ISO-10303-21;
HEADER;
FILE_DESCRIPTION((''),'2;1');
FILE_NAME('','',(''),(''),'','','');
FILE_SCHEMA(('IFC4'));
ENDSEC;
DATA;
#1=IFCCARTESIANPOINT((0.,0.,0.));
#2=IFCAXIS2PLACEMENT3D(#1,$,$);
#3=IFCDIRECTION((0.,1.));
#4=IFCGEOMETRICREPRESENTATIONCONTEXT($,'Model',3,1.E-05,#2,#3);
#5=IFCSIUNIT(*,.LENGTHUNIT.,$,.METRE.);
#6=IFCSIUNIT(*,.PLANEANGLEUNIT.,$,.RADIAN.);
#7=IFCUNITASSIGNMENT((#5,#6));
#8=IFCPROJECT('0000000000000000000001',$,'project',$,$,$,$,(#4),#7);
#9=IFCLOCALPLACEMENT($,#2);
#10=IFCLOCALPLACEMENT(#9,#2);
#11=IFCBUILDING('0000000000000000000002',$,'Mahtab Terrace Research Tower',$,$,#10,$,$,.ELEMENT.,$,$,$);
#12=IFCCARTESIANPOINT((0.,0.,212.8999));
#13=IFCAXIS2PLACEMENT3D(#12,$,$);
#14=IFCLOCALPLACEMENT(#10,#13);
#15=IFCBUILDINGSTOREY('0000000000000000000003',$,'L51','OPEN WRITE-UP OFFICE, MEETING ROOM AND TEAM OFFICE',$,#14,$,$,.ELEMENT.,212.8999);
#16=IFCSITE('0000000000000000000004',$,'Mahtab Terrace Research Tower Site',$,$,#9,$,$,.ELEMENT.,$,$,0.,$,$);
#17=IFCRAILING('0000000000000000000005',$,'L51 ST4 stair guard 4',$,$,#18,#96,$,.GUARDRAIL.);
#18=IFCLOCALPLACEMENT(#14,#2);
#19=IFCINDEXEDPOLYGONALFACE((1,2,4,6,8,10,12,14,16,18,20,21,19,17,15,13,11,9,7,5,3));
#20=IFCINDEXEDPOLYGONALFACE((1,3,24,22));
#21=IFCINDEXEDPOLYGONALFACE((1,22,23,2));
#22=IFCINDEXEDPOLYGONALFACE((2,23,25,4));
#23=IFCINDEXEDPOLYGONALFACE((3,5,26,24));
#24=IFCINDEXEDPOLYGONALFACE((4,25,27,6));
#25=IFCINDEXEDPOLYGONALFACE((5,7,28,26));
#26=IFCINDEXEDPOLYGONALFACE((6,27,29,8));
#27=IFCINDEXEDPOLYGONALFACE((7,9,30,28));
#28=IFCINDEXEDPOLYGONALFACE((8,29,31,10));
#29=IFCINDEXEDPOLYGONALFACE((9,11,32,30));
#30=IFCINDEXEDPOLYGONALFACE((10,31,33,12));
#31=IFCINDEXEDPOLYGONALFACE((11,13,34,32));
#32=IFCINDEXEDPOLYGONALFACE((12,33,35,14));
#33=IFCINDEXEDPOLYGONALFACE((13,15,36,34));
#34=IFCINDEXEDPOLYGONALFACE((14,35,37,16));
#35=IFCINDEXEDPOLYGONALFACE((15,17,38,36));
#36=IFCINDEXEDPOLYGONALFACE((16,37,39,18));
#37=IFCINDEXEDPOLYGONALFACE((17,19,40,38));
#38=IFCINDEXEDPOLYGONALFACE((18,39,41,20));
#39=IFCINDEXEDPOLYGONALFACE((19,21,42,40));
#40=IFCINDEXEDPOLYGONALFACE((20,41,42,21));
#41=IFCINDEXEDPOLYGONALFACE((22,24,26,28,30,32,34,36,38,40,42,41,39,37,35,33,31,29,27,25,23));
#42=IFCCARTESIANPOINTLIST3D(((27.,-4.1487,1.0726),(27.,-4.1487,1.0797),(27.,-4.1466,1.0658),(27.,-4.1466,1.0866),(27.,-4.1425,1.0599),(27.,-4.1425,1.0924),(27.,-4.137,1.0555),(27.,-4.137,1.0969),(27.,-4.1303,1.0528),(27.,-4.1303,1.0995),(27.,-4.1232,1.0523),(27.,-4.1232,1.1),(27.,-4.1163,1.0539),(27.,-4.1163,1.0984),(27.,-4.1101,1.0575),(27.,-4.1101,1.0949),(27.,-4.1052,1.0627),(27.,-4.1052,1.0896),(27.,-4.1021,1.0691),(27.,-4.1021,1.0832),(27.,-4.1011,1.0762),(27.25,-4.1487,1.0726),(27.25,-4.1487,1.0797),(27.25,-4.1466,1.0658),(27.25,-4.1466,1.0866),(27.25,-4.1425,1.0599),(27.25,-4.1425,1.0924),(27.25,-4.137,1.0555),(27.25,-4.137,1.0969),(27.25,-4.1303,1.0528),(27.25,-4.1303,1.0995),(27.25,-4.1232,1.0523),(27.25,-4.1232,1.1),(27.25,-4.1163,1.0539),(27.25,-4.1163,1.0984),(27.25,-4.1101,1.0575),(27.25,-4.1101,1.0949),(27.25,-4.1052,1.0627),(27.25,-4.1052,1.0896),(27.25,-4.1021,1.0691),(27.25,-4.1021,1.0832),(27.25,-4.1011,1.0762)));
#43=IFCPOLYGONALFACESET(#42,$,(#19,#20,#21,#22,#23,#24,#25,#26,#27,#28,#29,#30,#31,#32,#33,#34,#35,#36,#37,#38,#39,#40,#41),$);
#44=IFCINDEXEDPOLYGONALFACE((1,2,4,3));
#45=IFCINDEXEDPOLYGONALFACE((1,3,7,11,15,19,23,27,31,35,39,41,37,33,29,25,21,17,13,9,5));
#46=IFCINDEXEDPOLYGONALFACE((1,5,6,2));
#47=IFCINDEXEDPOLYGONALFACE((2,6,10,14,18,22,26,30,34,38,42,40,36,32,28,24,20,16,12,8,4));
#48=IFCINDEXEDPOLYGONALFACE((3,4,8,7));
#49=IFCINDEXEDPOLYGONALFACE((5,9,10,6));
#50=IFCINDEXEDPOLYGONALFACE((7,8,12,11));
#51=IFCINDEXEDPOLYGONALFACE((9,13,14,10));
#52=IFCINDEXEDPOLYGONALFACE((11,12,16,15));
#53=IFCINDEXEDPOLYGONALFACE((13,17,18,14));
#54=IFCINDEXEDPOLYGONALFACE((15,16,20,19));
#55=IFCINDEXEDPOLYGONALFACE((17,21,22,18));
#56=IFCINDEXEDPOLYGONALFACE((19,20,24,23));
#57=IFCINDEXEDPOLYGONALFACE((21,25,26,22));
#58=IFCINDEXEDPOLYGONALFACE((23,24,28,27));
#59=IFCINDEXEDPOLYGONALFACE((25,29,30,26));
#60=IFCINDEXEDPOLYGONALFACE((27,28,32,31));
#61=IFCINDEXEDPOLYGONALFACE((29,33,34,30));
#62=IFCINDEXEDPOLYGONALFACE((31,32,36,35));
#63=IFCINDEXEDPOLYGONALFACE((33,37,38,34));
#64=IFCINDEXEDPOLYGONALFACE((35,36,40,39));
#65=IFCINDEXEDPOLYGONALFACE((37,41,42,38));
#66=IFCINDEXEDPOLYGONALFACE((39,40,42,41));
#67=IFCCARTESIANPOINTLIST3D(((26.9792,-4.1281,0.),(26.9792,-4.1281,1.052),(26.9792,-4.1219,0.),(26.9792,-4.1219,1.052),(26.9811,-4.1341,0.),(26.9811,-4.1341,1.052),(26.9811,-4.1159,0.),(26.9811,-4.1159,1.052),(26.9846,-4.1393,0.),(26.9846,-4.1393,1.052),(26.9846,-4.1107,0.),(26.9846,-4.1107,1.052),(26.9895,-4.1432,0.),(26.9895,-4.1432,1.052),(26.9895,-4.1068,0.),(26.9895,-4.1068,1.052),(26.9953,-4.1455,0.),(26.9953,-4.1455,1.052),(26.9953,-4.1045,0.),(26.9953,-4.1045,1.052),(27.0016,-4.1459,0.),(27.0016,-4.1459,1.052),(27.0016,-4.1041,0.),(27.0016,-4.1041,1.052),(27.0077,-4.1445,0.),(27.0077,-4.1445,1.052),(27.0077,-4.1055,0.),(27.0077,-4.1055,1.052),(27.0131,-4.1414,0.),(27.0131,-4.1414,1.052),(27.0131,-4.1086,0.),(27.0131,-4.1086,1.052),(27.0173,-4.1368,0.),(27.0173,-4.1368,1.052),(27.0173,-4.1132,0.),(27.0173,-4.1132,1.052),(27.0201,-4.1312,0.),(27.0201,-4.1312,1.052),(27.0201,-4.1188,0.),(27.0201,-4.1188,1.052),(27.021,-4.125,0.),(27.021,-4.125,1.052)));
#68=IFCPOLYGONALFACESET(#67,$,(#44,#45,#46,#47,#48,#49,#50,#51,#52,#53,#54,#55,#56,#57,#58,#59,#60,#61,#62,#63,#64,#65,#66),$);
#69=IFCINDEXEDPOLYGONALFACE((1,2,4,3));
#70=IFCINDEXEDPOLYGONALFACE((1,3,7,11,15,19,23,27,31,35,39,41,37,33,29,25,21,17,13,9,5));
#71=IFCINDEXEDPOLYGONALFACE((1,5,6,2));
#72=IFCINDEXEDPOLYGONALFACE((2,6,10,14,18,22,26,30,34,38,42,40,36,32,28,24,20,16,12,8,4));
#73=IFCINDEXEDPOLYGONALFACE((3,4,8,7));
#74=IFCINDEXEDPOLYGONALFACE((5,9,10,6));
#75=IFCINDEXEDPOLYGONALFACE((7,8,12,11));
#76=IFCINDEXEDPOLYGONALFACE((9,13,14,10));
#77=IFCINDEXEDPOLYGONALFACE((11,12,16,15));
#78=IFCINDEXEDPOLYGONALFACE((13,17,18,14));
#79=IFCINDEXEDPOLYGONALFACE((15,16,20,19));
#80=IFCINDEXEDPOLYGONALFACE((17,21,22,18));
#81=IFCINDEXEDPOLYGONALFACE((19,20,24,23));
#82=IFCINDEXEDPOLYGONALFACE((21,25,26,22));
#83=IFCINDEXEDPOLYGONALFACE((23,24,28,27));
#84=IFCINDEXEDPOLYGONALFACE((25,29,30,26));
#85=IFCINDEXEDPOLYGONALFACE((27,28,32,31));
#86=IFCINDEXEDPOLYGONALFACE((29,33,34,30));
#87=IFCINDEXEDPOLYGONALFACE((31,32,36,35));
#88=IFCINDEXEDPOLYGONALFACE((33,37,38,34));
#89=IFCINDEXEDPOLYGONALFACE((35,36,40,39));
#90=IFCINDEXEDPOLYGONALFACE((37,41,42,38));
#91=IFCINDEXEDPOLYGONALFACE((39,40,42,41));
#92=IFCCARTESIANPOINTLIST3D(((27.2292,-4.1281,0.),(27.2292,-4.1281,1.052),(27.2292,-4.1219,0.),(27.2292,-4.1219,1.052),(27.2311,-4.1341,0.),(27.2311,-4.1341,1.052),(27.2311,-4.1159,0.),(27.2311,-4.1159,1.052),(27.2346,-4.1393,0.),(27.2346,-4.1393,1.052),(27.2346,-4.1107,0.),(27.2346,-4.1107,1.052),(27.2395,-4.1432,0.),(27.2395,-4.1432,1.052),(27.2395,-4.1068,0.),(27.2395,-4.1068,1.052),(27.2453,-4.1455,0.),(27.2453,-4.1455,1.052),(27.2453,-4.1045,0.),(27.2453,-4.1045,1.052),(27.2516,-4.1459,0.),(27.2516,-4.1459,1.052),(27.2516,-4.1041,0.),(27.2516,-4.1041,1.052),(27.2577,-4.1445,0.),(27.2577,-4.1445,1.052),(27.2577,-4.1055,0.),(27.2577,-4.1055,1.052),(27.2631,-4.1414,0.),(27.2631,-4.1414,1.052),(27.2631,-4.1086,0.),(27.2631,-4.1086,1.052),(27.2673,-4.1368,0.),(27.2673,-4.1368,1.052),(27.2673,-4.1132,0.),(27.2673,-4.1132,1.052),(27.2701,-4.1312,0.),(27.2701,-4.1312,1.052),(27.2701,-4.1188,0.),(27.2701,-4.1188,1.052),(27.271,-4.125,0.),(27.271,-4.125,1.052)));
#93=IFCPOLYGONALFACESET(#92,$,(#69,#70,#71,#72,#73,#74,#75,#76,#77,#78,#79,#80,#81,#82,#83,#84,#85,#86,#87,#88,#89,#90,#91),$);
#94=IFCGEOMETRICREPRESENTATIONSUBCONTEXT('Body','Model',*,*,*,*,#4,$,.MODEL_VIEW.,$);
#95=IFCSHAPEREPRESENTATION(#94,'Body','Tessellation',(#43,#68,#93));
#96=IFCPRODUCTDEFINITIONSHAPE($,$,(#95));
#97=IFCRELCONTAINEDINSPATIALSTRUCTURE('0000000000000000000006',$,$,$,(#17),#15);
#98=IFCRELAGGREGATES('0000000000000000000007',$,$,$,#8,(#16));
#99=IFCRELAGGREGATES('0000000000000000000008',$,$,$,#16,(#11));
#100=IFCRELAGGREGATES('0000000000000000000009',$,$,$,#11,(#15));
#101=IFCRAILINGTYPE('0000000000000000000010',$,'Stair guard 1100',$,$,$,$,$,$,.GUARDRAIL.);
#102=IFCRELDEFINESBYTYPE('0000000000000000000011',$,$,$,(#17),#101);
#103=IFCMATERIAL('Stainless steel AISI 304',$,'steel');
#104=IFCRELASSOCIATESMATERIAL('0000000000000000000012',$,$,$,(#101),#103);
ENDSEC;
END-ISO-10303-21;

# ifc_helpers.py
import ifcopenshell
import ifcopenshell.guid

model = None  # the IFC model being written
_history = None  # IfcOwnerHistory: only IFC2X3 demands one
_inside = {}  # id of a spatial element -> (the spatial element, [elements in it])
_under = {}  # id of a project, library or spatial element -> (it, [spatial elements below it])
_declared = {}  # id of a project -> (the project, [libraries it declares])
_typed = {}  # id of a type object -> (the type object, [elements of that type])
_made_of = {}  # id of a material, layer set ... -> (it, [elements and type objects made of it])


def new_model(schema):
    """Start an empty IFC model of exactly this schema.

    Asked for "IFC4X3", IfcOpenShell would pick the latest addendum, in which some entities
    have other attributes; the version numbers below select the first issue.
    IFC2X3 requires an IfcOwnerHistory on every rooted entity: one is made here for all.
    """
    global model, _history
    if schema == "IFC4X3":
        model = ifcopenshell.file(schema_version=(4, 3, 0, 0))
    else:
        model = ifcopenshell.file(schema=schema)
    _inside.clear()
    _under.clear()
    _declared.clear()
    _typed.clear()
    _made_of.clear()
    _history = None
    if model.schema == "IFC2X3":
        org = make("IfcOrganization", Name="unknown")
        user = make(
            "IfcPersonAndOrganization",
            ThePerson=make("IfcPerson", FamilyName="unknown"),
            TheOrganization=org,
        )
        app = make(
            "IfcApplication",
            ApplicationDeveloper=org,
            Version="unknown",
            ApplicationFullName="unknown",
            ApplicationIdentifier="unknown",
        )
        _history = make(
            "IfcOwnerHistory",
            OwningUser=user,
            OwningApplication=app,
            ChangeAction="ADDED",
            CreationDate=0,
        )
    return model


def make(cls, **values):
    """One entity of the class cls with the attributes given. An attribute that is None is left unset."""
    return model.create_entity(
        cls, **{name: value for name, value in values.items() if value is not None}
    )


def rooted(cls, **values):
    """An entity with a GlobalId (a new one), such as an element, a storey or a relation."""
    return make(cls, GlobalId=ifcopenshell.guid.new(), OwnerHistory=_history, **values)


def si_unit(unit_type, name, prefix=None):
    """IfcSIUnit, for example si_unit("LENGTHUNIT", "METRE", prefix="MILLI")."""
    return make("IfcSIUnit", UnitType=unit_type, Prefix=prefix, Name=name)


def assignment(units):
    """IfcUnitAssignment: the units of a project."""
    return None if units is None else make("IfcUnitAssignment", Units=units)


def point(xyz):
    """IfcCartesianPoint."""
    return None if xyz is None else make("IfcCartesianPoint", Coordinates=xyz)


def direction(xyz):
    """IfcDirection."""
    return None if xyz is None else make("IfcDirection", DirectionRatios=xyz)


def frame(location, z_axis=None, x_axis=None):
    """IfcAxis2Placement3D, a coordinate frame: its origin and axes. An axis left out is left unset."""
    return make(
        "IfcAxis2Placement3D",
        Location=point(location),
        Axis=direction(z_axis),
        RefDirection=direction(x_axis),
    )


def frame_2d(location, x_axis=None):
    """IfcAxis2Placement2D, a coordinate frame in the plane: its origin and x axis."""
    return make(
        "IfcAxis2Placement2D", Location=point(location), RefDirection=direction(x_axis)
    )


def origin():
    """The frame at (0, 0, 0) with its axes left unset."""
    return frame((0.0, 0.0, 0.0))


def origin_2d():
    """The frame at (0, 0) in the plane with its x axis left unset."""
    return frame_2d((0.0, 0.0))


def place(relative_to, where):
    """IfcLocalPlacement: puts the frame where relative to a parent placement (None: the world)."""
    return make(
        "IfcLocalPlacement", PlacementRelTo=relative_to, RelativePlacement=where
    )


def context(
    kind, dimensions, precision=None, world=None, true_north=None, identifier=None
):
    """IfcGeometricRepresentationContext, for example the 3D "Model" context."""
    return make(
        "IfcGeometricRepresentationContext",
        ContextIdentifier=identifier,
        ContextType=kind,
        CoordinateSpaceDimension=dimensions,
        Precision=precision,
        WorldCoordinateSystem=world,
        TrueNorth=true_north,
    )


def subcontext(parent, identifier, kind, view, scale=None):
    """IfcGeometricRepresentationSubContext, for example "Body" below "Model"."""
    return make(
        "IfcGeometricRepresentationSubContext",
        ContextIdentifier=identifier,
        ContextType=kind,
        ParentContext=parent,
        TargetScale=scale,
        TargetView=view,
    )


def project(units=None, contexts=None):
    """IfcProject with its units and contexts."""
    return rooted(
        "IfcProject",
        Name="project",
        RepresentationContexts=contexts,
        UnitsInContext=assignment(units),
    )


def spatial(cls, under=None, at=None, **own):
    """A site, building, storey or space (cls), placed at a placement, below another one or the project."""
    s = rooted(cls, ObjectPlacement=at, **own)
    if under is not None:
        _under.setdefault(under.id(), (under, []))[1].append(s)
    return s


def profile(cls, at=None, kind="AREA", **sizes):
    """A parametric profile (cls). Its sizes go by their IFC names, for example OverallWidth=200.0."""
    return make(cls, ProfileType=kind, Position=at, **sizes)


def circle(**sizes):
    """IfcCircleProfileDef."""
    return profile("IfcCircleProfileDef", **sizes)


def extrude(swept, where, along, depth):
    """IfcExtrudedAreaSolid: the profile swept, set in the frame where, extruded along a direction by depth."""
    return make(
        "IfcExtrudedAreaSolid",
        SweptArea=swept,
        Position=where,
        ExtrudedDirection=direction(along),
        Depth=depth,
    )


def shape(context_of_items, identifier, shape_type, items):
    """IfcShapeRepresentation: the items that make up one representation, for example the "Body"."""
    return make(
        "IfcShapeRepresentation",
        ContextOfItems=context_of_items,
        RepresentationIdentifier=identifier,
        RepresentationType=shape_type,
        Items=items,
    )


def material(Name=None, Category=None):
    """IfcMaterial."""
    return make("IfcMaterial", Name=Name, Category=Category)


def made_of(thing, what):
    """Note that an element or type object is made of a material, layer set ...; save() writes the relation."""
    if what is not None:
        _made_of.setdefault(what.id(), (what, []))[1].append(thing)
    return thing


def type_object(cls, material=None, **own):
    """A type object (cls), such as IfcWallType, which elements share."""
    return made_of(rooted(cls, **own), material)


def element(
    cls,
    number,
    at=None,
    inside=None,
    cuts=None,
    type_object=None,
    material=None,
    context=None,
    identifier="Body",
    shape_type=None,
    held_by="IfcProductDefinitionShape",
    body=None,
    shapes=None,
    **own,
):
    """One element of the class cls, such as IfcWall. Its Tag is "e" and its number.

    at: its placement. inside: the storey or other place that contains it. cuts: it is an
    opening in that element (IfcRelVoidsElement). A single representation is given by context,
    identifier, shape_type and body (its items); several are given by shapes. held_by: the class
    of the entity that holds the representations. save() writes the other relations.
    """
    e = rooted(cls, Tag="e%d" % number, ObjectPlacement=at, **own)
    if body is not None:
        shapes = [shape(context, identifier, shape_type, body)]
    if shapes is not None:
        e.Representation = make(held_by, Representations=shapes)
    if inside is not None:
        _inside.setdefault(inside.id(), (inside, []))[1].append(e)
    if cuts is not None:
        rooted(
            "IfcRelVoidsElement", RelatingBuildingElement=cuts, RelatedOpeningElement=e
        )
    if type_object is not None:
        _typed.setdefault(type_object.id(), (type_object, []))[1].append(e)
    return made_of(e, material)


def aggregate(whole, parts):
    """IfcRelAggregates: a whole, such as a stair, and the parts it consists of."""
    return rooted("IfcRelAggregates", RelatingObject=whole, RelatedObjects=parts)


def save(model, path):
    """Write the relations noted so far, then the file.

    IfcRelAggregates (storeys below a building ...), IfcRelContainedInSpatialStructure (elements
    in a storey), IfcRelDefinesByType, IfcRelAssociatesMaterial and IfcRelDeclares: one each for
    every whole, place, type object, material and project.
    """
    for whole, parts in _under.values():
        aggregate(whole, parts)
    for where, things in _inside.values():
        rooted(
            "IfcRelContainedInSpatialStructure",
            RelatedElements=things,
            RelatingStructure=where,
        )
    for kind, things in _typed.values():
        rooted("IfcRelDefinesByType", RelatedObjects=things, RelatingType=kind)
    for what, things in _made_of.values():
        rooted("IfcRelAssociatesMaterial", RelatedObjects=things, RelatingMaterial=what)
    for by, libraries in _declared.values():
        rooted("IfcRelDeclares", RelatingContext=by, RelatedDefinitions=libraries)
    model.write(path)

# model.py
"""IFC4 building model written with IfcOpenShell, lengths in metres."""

from ifc_helpers import new_model, si_unit, direction, frame, origin, origin_2d, place, context, subcontext, project, spatial, circle, extrude, material, type_object, element, save


model = new_model("IFC4")

# Units and contexts
model_context = context("Model", 3, precision=1e-05, world=origin(), true_north=direction((0.0, 1.0)))
body_context = subcontext(model_context, "Body", "Model", "MODEL_VIEW")
ifc_project = project(units=[si_unit("LENGTHUNIT", "METRE"), si_unit("PLANEANGLEUNIT", "RADIAN")], contexts=[model_context])

# Site, building, storey
site_placement = place(None, origin())
site = spatial("IfcSite", under=ifc_project, at=site_placement, Name="Mahtab Terrace Research Tower Site", CompositionType="ELEMENT", RefElevation=0.0)
building_placement = place(site_placement, origin())
building = spatial("IfcBuilding", under=site, at=building_placement, Name="Mahtab Terrace Research Tower", CompositionType="ELEMENT")
storey_placement = place(building_placement, frame((0.0, 0.0, 212.8999)))
storey = spatial("IfcBuildingStorey", under=building, at=storey_placement, Name="L51", Description="OPEN WRITE-UP OFFICE, MEETING ROOM AND TEAM OFFICE", CompositionType="ELEMENT", Elevation=212.8999)

# Shared definitions
ifc_material_1 = material(Name="Stainless steel AISI 304", Category="steel")

# Railing
railing_type_1 = type_object("IfcRailingType", Name="Stair guard 1100", PredefinedType="GUARDRAIL", material=ifc_material_1)
railing_1_placement = place(storey_placement, frame((27.0, -4.125, 0.0)))
element("IfcRailing", 1, at=railing_1_placement, inside=storey, type_object=railing_type_1, Name="L51 ST4 stair guard 4", PredefinedType="GUARDRAIL", context=body_context, shape_type="SweptSolid", body=[
    extrude(circle(Radius=0.0239, at=origin_2d()), frame((0.0, 0.0, 1.0762), z_axis=(1.0, 0.0, 0.0), x_axis=(0.0, 1.0, 0.0)), (0.0, 0.0, 1.0), 0.25),
    extrude(circle(Radius=0.021, at=origin_2d()), origin(), (0.0, 0.0, 1.0), 1.052),
    extrude(circle(Radius=0.021, at=origin_2d()), frame((0.25, 0.0, 0.0)), (0.0, 0.0, 1.0), 1.052),
])

save(model, "model.ifc")
